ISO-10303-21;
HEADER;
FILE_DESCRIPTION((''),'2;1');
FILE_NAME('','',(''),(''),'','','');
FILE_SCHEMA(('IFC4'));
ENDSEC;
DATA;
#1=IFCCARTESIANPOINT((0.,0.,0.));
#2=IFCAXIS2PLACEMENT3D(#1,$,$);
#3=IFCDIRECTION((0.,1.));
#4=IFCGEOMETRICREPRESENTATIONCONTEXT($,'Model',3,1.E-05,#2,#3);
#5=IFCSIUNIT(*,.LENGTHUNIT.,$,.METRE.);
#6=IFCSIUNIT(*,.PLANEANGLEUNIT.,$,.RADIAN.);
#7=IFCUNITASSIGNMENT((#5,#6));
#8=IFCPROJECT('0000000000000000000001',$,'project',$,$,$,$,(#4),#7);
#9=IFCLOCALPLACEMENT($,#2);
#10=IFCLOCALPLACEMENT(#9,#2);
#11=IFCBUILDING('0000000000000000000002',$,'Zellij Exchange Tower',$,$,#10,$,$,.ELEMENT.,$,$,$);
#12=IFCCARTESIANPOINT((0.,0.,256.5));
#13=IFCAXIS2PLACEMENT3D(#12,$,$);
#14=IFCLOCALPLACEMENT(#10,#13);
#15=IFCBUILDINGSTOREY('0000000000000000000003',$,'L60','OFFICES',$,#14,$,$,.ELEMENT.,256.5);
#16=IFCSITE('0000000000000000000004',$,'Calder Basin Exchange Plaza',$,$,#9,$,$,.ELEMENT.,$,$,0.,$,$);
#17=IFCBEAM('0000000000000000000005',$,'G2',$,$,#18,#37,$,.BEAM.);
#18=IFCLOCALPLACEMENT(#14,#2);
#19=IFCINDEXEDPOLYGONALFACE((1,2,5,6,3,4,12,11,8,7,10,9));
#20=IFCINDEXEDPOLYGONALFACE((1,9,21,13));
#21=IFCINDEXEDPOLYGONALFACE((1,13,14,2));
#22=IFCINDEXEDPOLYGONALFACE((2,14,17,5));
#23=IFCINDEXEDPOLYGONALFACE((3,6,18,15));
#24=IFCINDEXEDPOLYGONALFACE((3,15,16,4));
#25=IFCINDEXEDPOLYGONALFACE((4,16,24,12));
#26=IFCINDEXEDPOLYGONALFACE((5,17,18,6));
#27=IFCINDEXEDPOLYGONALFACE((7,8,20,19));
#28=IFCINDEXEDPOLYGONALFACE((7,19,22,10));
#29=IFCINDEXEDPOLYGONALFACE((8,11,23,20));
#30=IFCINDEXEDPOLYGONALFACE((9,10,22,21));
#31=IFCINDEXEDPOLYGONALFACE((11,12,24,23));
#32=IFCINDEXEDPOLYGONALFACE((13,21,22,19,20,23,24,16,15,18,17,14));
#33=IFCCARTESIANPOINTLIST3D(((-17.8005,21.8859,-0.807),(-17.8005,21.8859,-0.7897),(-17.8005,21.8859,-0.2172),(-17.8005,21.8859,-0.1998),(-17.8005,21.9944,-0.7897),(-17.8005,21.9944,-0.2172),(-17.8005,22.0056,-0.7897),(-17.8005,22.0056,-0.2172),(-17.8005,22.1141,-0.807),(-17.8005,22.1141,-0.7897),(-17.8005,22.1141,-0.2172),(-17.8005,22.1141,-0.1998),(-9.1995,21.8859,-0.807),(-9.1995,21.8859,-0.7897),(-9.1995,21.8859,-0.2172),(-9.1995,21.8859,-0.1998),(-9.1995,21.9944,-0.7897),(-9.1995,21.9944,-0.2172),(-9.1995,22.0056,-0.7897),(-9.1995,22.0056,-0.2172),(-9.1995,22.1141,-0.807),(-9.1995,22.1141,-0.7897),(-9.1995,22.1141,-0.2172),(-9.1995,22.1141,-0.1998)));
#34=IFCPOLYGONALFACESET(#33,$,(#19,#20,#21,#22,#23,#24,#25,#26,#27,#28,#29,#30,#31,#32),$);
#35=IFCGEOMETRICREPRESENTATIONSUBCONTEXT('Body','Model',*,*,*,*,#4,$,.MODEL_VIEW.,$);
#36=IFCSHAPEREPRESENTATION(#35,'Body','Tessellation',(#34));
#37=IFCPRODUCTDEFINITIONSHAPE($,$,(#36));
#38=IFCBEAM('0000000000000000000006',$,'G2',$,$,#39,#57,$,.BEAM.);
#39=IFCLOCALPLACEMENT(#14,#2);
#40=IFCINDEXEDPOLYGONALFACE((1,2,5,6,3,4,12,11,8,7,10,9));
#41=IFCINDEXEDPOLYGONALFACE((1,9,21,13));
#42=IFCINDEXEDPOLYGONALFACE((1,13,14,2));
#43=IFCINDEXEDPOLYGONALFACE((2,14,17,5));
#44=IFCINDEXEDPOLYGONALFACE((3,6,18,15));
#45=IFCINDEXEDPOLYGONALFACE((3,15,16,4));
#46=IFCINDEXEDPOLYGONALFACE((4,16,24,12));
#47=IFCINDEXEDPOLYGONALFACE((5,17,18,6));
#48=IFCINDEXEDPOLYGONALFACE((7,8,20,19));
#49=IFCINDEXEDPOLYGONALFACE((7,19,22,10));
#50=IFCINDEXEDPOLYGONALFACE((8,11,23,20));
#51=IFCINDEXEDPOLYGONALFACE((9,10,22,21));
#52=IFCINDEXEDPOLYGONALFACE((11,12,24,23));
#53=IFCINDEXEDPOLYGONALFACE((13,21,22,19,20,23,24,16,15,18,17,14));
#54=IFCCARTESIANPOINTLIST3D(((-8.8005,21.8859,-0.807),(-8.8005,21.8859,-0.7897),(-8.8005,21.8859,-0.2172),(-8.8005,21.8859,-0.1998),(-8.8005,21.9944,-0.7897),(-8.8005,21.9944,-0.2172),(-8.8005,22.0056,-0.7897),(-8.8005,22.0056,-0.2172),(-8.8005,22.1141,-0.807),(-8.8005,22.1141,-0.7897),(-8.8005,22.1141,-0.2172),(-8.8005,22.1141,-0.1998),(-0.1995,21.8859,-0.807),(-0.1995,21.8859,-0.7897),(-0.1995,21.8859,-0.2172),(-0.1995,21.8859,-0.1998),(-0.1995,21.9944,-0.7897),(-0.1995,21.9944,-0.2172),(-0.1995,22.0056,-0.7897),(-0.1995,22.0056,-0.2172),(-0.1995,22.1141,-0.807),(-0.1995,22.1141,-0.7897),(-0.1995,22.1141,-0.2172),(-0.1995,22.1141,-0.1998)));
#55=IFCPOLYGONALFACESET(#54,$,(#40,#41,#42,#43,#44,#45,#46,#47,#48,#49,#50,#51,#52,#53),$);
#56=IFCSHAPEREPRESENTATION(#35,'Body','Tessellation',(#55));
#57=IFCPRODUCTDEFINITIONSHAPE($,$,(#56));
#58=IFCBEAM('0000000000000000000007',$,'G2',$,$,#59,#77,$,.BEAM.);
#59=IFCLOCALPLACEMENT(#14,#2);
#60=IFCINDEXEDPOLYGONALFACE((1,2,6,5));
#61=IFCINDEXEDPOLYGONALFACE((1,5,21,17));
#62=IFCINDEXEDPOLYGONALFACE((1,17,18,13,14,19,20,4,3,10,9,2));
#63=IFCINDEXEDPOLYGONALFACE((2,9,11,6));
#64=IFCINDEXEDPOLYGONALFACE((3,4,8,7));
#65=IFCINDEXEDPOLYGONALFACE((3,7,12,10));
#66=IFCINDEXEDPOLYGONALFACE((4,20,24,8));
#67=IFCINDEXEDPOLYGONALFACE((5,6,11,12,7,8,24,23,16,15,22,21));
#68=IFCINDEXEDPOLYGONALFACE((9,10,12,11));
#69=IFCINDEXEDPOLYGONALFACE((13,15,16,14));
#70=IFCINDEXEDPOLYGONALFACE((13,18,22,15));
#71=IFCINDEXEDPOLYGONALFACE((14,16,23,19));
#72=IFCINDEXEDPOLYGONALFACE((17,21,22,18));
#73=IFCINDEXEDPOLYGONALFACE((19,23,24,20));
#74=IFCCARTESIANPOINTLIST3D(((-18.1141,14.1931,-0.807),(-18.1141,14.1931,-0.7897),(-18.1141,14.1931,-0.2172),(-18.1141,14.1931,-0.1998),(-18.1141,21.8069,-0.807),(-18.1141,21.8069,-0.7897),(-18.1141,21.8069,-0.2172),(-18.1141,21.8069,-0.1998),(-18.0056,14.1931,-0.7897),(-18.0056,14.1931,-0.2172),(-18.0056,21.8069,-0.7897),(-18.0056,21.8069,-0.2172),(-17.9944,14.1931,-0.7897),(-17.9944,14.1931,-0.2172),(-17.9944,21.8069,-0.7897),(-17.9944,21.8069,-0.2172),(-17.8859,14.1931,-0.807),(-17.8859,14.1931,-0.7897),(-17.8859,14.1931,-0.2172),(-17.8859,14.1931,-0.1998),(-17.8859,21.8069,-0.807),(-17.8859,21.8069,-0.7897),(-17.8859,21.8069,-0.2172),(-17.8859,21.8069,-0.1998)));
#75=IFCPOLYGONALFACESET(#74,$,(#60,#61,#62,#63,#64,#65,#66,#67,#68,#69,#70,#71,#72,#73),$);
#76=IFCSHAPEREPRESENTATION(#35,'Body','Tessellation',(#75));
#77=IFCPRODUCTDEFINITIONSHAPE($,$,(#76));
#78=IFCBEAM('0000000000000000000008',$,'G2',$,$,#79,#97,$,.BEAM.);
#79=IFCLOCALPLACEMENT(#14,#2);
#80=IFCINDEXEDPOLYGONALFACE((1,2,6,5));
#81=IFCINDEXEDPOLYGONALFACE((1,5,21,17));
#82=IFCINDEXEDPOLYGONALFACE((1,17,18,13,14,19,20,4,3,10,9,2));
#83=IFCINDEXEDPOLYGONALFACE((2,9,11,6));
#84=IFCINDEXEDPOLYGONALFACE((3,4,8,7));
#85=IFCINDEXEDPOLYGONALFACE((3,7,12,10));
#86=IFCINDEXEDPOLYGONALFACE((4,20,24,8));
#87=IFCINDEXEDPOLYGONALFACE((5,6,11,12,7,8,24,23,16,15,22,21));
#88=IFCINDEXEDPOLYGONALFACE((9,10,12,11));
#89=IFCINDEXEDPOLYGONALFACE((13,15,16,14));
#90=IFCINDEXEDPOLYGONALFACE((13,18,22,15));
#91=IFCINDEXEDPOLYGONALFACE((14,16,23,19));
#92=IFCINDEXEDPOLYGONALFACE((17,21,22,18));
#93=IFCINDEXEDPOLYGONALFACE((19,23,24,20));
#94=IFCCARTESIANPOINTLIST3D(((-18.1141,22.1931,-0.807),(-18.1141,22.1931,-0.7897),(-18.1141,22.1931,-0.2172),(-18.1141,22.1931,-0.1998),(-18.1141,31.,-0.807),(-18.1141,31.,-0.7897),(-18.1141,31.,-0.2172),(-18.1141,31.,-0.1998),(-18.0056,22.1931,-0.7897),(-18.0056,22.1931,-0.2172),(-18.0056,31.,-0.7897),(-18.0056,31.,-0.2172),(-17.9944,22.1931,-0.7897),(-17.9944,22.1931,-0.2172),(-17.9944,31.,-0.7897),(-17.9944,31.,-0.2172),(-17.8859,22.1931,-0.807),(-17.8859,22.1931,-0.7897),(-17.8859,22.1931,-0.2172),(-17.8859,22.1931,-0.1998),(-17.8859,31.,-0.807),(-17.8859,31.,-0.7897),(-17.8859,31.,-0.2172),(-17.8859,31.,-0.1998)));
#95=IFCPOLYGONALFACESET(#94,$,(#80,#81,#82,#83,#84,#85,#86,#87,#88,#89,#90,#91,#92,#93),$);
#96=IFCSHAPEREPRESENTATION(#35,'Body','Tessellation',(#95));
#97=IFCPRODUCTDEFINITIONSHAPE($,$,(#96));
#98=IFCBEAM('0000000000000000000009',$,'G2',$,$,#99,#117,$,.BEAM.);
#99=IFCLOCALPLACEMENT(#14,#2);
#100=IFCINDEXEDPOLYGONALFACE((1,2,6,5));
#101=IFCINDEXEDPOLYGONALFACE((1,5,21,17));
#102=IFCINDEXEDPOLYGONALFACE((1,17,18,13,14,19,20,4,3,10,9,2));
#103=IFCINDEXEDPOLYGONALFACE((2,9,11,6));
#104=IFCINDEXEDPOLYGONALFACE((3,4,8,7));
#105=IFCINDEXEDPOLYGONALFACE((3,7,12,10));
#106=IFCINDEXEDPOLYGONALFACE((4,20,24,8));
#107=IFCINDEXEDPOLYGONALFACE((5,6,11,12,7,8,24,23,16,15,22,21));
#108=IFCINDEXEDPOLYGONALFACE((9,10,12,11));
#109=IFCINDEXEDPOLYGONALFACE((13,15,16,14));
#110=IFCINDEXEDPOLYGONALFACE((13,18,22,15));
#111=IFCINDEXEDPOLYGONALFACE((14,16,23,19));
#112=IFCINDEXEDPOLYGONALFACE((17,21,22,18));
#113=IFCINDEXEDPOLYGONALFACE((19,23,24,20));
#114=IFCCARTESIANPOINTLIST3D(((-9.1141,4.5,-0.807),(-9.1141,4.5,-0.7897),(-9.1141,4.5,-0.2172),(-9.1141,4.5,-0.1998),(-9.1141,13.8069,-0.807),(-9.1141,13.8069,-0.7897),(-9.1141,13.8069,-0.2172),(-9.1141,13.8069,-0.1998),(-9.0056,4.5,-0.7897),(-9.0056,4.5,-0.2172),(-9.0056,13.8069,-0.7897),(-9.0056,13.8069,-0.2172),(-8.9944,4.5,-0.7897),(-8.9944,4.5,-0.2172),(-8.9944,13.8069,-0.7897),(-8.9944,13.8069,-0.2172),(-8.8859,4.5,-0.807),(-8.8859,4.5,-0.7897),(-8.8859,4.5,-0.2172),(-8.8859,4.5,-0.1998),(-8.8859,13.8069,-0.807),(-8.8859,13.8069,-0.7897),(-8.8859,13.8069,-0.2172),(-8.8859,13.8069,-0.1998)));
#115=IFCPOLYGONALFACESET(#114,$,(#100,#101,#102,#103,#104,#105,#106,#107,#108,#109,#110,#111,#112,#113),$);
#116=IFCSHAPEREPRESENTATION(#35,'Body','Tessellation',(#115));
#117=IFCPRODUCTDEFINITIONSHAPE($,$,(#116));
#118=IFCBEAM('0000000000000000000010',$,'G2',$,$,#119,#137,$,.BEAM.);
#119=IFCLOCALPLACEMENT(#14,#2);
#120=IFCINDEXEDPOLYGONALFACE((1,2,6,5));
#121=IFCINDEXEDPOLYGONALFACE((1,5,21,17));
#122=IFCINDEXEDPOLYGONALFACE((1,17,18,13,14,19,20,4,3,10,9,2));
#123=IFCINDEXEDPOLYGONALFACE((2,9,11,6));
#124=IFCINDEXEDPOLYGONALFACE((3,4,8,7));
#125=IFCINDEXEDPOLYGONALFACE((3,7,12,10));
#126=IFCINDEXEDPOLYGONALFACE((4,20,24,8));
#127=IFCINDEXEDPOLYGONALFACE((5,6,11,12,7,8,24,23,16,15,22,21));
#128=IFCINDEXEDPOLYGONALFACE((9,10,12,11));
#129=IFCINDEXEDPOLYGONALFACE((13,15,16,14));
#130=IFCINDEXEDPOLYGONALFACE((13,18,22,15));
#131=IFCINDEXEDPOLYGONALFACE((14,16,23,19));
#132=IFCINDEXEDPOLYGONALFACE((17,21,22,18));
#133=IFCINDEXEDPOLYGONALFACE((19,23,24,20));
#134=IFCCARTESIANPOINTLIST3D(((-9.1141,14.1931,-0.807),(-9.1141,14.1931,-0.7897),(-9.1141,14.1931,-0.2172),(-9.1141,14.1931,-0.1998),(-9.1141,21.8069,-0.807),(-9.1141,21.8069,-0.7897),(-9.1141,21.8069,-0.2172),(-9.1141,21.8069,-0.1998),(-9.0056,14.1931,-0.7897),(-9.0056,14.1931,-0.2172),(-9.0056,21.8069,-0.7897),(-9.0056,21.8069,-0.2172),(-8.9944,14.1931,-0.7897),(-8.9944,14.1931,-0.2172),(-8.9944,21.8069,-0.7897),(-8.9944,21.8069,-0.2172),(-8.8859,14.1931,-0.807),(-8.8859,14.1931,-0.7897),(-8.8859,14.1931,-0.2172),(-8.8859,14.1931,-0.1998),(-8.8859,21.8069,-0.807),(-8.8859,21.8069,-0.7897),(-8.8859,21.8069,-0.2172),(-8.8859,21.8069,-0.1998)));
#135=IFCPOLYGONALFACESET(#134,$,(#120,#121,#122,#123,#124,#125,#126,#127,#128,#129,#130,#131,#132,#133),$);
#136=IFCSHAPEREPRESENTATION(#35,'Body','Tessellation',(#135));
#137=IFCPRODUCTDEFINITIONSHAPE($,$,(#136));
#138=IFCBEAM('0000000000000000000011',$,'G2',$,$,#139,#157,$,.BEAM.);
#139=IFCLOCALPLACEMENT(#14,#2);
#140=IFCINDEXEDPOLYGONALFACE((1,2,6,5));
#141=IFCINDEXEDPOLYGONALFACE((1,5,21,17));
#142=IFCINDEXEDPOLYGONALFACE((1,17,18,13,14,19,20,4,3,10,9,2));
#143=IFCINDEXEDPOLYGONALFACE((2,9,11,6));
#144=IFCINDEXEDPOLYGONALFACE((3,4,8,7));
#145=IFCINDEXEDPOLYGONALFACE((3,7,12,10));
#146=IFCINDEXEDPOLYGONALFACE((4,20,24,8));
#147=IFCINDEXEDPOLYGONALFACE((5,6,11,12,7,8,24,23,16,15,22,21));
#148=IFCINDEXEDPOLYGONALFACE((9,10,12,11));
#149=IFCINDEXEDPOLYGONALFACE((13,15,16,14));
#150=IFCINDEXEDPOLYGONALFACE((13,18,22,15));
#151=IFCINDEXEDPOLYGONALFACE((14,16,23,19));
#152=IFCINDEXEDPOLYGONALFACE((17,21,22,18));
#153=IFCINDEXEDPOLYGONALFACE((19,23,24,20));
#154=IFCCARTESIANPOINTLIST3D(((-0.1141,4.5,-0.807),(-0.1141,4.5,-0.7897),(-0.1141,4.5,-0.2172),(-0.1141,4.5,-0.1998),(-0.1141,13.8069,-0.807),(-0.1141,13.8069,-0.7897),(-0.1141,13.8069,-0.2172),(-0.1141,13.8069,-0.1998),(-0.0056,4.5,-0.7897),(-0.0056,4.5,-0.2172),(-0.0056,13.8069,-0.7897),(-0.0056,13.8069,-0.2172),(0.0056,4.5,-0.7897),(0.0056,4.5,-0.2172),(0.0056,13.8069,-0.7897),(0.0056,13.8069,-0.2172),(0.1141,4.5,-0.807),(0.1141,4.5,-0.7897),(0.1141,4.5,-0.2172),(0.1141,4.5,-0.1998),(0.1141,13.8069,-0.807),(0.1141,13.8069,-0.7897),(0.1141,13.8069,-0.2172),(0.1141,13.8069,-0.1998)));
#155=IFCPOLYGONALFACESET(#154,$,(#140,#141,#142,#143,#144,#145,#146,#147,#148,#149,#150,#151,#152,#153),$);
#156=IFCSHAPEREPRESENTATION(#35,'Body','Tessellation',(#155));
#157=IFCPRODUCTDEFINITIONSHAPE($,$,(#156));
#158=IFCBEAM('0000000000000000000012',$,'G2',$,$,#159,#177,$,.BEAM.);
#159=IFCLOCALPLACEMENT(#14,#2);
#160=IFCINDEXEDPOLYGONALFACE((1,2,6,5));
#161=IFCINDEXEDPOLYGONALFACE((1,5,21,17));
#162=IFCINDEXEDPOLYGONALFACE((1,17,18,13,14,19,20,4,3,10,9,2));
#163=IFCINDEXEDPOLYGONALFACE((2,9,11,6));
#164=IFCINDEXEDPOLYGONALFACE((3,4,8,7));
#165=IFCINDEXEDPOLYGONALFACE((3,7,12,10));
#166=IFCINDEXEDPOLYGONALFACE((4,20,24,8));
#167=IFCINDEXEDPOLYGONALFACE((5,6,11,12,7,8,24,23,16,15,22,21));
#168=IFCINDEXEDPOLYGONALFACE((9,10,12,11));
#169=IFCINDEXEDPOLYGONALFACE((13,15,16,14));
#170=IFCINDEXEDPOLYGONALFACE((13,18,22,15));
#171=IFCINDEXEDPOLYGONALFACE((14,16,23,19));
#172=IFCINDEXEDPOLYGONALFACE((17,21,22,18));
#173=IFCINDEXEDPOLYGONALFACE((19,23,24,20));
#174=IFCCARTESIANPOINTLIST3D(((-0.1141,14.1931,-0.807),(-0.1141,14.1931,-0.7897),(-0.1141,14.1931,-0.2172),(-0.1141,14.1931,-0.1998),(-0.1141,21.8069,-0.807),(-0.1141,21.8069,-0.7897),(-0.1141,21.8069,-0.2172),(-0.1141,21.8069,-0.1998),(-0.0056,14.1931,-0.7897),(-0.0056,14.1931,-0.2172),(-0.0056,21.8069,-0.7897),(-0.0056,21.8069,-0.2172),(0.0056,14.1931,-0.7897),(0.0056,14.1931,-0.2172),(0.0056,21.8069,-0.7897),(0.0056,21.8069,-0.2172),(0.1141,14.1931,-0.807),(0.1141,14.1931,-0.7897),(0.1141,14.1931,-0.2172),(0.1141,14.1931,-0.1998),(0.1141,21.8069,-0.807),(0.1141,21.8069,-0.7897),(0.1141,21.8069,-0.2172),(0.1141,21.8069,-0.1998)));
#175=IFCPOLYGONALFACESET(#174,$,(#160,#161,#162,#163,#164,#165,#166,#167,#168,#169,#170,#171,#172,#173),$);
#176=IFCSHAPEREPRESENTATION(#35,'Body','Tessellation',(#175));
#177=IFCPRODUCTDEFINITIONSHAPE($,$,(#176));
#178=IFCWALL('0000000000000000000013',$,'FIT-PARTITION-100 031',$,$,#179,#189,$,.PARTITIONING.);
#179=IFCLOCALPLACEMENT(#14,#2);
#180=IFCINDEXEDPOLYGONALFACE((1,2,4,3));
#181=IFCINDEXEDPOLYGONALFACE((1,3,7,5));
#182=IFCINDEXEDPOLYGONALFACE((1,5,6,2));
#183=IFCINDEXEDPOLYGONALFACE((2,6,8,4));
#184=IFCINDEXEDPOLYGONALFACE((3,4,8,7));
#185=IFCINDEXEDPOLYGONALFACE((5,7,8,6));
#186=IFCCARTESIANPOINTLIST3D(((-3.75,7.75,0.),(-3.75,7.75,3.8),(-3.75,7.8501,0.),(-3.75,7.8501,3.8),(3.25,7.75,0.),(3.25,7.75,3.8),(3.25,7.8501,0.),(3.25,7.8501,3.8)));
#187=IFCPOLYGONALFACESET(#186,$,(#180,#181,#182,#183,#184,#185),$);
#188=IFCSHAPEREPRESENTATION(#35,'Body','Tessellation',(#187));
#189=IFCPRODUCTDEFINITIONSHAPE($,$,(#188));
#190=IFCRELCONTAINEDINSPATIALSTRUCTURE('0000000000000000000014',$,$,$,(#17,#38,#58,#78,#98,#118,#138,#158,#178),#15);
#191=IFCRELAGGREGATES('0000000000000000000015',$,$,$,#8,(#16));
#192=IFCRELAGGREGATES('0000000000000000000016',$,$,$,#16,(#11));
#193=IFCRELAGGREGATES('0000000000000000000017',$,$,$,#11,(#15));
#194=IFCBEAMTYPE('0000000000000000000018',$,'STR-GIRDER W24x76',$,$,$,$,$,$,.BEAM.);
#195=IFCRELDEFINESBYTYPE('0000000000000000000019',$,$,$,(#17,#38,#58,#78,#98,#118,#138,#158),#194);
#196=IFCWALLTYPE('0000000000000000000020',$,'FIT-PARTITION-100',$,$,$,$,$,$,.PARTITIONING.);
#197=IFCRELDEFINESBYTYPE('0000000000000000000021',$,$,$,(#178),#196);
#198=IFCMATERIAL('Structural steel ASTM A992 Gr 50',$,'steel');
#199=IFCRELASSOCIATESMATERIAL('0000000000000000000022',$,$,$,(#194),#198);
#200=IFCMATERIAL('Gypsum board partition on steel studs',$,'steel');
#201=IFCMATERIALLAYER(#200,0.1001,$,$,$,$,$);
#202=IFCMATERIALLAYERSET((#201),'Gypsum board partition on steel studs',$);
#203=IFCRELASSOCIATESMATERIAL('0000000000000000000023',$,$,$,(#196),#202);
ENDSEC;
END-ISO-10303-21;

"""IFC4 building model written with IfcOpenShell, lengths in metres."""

from ifc_helpers import new_model, si_unit, direction, frame, frame_2d, origin, origin_2d, place, context, subcontext, project, spatial, rectangle, i_section, extrude, material, layer, layer_set, material_profile, profile_set, type_object, element, save


model = new_model("IFC4")

# Units and contexts
model_context = context("Model", 3, precision=1e-05, world=origin(), true_north=direction((0.0, 1.0)))
body_context = subcontext(model_context, "Body", "Model", "MODEL_VIEW")
ifc_project = project(units=[si_unit("LENGTHUNIT", "METRE"), si_unit("PLANEANGLEUNIT", "RADIAN")], contexts=[model_context])

# Site, building, storey
site_placement = place(None, origin())
site = spatial("IfcSite", under=ifc_project, at=site_placement, Name="Calder Basin Exchange Plaza", CompositionType="ELEMENT", RefElevation=0.0)
building_placement = place(site_placement, origin())
building = spatial("IfcBuilding", under=site, at=building_placement, Name="Zellij Exchange Tower", CompositionType="ELEMENT")
storey_placement = place(building_placement, frame((0.0, 0.0, 256.5)))
storey = spatial("IfcBuildingStorey", under=building, at=storey_placement, Name="L60", Description="OFFICES", CompositionType="ELEMENT", Elevation=256.5)

# Shared definitions
ifc_material_1 = material(Name="Structural steel ASTM A992 Gr 50", Category="steel")

# Beams
ifc_material_profile_1 = material_profile(ifc_material_1, i_section(OverallWidth=0.2283, OverallDepth=0.6072, WebThickness=0.0112, FlangeThickness=0.0173, at=origin_2d()), Name="W24x76")
ifc_profile_set_1 = profile_set([ifc_material_profile_1], Name="Structural steel ASTM A992 Gr 50")
beam_type = type_object("IfcBeamType", Name="STR-GIRDER W24x76", PredefinedType="BEAM", material=ifc_profile_set_1)
for number, where, z_axis, x_axis, name in (
    (1, (-17.8005, 22.0, -0.5034), (1.0, 0.0, 0.0), (0.0, 1.0, 0.0), "G2"),
    (2, (-8.8005, 22.0, -0.5034), (1.0, 0.0, 0.0), (0.0, 1.0, 0.0), "G2"),
):
    element("IfcBeam", number, at=place(storey_placement, frame(where, z_axis=z_axis, x_axis=x_axis)), inside=storey, type_object=beam_type, Name=name, PredefinedType="BEAM", context=body_context, shape_type="SweptSolid", body=[
        extrude(i_section(OverallWidth=0.2283, OverallDepth=0.6072, WebThickness=0.0112, FlangeThickness=0.0173, at=origin_2d()), origin(), (0.0, 0.0, 1.0), 8.6011),
    ])
beam_1_placement = place(storey_placement, frame((-18.0, 14.1931, -0.5034), z_axis=(0.0, 1.0, 0.0), x_axis=(-1.0, 0.0, 0.0)))
element("IfcBeam", 3, at=beam_1_placement, inside=storey, type_object=beam_type, Name="G2", PredefinedType="BEAM", context=body_context, shape_type="SweptSolid", body=[
    extrude(i_section(OverallWidth=0.2283, OverallDepth=0.6072, WebThickness=0.0112, FlangeThickness=0.0173, at=origin_2d()), origin(), (0.0, 0.0, 1.0), 7.6138),
])
beam_2_placement = place(storey_placement, frame((-18.0, 22.1931, -0.5034), z_axis=(0.0, 1.0, 0.0), x_axis=(-1.0, 0.0, 0.0)))
element("IfcBeam", 4, at=beam_2_placement, inside=storey, type_object=beam_type, Name="G2", PredefinedType="BEAM", context=body_context, shape_type="SweptSolid", body=[
    extrude(i_section(OverallWidth=0.2283, OverallDepth=0.6072, WebThickness=0.0112, FlangeThickness=0.0173, at=origin_2d()), origin(), (0.0, 0.0, 1.0), 8.8069),
])
beam_3_placement = place(storey_placement, frame((-9.0, 4.5, -0.5034), z_axis=(0.0, 1.0, 0.0), x_axis=(-1.0, 0.0, 0.0)))
element("IfcBeam", 5, at=beam_3_placement, inside=storey, type_object=beam_type, Name="G2", PredefinedType="BEAM", context=body_context, shape_type="SweptSolid", body=[
    extrude(i_section(OverallWidth=0.2283, OverallDepth=0.6072, WebThickness=0.0112, FlangeThickness=0.0173, at=origin_2d()), origin(), (0.0, 0.0, 1.0), 9.3069),
])
beam_4_placement = place(storey_placement, frame((-9.0, 14.1931, -0.5034), z_axis=(0.0, 1.0, 0.0), x_axis=(-1.0, 0.0, 0.0)))
element("IfcBeam", 6, at=beam_4_placement, inside=storey, type_object=beam_type, Name="G2", PredefinedType="BEAM", context=body_context, shape_type="SweptSolid", body=[
    extrude(i_section(OverallWidth=0.2283, OverallDepth=0.6072, WebThickness=0.0112, FlangeThickness=0.0173, at=origin_2d()), origin(), (0.0, 0.0, 1.0), 7.6138),
])
beam_5_placement = place(storey_placement, frame((0.0, 4.5, -0.5034), z_axis=(0.0, 1.0, 0.0), x_axis=(-1.0, 0.0, 0.0)))
element("IfcBeam", 7, at=beam_5_placement, inside=storey, type_object=beam_type, Name="G2", PredefinedType="BEAM", context=body_context, shape_type="SweptSolid", body=[
    extrude(i_section(OverallWidth=0.2283, OverallDepth=0.6072, WebThickness=0.0112, FlangeThickness=0.0173, at=origin_2d()), origin(), (0.0, 0.0, 1.0), 9.3069),
])
beam_6_placement = place(storey_placement, frame((0.0, 14.1931, -0.5034), z_axis=(0.0, 1.0, 0.0), x_axis=(-1.0, 0.0, 0.0)))
element("IfcBeam", 8, at=beam_6_placement, inside=storey, type_object=beam_type, Name="G2", PredefinedType="BEAM", context=body_context, shape_type="SweptSolid", body=[
    extrude(i_section(OverallWidth=0.2283, OverallDepth=0.6072, WebThickness=0.0112, FlangeThickness=0.0173, at=origin_2d()), origin(), (0.0, 0.0, 1.0), 7.6138),
])

# Wall
ifc_material_2 = material(Name="Gypsum board partition on steel studs", Category="steel")
ifc_layer = layer(ifc_material_2, 0.1001)
ifc_layer_set = layer_set([ifc_layer], Name="Gypsum board partition on steel studs")
wall_type = type_object("IfcWallType", Name="FIT-PARTITION-100", PredefinedType="PARTITIONING", material=ifc_layer_set)
wall_1_placement = place(storey_placement, frame((-3.75, 7.8, 0.0), z_axis=(0.0, 0.0, 1.0), x_axis=(1.0, 0.0, 0.0)))
element("IfcWall", 9, at=wall_1_placement, inside=storey, type_object=wall_type, Name="FIT-PARTITION-100 031", PredefinedType="PARTITIONING", context=body_context, shape_type="SweptSolid", body=[
    extrude(rectangle(XDim=7.0, YDim=0.1001, at=frame_2d((3.5, 0.0))), origin(), (0.0, 0.0, 1.0), 3.8),
])

save(model, "model.ifc")
